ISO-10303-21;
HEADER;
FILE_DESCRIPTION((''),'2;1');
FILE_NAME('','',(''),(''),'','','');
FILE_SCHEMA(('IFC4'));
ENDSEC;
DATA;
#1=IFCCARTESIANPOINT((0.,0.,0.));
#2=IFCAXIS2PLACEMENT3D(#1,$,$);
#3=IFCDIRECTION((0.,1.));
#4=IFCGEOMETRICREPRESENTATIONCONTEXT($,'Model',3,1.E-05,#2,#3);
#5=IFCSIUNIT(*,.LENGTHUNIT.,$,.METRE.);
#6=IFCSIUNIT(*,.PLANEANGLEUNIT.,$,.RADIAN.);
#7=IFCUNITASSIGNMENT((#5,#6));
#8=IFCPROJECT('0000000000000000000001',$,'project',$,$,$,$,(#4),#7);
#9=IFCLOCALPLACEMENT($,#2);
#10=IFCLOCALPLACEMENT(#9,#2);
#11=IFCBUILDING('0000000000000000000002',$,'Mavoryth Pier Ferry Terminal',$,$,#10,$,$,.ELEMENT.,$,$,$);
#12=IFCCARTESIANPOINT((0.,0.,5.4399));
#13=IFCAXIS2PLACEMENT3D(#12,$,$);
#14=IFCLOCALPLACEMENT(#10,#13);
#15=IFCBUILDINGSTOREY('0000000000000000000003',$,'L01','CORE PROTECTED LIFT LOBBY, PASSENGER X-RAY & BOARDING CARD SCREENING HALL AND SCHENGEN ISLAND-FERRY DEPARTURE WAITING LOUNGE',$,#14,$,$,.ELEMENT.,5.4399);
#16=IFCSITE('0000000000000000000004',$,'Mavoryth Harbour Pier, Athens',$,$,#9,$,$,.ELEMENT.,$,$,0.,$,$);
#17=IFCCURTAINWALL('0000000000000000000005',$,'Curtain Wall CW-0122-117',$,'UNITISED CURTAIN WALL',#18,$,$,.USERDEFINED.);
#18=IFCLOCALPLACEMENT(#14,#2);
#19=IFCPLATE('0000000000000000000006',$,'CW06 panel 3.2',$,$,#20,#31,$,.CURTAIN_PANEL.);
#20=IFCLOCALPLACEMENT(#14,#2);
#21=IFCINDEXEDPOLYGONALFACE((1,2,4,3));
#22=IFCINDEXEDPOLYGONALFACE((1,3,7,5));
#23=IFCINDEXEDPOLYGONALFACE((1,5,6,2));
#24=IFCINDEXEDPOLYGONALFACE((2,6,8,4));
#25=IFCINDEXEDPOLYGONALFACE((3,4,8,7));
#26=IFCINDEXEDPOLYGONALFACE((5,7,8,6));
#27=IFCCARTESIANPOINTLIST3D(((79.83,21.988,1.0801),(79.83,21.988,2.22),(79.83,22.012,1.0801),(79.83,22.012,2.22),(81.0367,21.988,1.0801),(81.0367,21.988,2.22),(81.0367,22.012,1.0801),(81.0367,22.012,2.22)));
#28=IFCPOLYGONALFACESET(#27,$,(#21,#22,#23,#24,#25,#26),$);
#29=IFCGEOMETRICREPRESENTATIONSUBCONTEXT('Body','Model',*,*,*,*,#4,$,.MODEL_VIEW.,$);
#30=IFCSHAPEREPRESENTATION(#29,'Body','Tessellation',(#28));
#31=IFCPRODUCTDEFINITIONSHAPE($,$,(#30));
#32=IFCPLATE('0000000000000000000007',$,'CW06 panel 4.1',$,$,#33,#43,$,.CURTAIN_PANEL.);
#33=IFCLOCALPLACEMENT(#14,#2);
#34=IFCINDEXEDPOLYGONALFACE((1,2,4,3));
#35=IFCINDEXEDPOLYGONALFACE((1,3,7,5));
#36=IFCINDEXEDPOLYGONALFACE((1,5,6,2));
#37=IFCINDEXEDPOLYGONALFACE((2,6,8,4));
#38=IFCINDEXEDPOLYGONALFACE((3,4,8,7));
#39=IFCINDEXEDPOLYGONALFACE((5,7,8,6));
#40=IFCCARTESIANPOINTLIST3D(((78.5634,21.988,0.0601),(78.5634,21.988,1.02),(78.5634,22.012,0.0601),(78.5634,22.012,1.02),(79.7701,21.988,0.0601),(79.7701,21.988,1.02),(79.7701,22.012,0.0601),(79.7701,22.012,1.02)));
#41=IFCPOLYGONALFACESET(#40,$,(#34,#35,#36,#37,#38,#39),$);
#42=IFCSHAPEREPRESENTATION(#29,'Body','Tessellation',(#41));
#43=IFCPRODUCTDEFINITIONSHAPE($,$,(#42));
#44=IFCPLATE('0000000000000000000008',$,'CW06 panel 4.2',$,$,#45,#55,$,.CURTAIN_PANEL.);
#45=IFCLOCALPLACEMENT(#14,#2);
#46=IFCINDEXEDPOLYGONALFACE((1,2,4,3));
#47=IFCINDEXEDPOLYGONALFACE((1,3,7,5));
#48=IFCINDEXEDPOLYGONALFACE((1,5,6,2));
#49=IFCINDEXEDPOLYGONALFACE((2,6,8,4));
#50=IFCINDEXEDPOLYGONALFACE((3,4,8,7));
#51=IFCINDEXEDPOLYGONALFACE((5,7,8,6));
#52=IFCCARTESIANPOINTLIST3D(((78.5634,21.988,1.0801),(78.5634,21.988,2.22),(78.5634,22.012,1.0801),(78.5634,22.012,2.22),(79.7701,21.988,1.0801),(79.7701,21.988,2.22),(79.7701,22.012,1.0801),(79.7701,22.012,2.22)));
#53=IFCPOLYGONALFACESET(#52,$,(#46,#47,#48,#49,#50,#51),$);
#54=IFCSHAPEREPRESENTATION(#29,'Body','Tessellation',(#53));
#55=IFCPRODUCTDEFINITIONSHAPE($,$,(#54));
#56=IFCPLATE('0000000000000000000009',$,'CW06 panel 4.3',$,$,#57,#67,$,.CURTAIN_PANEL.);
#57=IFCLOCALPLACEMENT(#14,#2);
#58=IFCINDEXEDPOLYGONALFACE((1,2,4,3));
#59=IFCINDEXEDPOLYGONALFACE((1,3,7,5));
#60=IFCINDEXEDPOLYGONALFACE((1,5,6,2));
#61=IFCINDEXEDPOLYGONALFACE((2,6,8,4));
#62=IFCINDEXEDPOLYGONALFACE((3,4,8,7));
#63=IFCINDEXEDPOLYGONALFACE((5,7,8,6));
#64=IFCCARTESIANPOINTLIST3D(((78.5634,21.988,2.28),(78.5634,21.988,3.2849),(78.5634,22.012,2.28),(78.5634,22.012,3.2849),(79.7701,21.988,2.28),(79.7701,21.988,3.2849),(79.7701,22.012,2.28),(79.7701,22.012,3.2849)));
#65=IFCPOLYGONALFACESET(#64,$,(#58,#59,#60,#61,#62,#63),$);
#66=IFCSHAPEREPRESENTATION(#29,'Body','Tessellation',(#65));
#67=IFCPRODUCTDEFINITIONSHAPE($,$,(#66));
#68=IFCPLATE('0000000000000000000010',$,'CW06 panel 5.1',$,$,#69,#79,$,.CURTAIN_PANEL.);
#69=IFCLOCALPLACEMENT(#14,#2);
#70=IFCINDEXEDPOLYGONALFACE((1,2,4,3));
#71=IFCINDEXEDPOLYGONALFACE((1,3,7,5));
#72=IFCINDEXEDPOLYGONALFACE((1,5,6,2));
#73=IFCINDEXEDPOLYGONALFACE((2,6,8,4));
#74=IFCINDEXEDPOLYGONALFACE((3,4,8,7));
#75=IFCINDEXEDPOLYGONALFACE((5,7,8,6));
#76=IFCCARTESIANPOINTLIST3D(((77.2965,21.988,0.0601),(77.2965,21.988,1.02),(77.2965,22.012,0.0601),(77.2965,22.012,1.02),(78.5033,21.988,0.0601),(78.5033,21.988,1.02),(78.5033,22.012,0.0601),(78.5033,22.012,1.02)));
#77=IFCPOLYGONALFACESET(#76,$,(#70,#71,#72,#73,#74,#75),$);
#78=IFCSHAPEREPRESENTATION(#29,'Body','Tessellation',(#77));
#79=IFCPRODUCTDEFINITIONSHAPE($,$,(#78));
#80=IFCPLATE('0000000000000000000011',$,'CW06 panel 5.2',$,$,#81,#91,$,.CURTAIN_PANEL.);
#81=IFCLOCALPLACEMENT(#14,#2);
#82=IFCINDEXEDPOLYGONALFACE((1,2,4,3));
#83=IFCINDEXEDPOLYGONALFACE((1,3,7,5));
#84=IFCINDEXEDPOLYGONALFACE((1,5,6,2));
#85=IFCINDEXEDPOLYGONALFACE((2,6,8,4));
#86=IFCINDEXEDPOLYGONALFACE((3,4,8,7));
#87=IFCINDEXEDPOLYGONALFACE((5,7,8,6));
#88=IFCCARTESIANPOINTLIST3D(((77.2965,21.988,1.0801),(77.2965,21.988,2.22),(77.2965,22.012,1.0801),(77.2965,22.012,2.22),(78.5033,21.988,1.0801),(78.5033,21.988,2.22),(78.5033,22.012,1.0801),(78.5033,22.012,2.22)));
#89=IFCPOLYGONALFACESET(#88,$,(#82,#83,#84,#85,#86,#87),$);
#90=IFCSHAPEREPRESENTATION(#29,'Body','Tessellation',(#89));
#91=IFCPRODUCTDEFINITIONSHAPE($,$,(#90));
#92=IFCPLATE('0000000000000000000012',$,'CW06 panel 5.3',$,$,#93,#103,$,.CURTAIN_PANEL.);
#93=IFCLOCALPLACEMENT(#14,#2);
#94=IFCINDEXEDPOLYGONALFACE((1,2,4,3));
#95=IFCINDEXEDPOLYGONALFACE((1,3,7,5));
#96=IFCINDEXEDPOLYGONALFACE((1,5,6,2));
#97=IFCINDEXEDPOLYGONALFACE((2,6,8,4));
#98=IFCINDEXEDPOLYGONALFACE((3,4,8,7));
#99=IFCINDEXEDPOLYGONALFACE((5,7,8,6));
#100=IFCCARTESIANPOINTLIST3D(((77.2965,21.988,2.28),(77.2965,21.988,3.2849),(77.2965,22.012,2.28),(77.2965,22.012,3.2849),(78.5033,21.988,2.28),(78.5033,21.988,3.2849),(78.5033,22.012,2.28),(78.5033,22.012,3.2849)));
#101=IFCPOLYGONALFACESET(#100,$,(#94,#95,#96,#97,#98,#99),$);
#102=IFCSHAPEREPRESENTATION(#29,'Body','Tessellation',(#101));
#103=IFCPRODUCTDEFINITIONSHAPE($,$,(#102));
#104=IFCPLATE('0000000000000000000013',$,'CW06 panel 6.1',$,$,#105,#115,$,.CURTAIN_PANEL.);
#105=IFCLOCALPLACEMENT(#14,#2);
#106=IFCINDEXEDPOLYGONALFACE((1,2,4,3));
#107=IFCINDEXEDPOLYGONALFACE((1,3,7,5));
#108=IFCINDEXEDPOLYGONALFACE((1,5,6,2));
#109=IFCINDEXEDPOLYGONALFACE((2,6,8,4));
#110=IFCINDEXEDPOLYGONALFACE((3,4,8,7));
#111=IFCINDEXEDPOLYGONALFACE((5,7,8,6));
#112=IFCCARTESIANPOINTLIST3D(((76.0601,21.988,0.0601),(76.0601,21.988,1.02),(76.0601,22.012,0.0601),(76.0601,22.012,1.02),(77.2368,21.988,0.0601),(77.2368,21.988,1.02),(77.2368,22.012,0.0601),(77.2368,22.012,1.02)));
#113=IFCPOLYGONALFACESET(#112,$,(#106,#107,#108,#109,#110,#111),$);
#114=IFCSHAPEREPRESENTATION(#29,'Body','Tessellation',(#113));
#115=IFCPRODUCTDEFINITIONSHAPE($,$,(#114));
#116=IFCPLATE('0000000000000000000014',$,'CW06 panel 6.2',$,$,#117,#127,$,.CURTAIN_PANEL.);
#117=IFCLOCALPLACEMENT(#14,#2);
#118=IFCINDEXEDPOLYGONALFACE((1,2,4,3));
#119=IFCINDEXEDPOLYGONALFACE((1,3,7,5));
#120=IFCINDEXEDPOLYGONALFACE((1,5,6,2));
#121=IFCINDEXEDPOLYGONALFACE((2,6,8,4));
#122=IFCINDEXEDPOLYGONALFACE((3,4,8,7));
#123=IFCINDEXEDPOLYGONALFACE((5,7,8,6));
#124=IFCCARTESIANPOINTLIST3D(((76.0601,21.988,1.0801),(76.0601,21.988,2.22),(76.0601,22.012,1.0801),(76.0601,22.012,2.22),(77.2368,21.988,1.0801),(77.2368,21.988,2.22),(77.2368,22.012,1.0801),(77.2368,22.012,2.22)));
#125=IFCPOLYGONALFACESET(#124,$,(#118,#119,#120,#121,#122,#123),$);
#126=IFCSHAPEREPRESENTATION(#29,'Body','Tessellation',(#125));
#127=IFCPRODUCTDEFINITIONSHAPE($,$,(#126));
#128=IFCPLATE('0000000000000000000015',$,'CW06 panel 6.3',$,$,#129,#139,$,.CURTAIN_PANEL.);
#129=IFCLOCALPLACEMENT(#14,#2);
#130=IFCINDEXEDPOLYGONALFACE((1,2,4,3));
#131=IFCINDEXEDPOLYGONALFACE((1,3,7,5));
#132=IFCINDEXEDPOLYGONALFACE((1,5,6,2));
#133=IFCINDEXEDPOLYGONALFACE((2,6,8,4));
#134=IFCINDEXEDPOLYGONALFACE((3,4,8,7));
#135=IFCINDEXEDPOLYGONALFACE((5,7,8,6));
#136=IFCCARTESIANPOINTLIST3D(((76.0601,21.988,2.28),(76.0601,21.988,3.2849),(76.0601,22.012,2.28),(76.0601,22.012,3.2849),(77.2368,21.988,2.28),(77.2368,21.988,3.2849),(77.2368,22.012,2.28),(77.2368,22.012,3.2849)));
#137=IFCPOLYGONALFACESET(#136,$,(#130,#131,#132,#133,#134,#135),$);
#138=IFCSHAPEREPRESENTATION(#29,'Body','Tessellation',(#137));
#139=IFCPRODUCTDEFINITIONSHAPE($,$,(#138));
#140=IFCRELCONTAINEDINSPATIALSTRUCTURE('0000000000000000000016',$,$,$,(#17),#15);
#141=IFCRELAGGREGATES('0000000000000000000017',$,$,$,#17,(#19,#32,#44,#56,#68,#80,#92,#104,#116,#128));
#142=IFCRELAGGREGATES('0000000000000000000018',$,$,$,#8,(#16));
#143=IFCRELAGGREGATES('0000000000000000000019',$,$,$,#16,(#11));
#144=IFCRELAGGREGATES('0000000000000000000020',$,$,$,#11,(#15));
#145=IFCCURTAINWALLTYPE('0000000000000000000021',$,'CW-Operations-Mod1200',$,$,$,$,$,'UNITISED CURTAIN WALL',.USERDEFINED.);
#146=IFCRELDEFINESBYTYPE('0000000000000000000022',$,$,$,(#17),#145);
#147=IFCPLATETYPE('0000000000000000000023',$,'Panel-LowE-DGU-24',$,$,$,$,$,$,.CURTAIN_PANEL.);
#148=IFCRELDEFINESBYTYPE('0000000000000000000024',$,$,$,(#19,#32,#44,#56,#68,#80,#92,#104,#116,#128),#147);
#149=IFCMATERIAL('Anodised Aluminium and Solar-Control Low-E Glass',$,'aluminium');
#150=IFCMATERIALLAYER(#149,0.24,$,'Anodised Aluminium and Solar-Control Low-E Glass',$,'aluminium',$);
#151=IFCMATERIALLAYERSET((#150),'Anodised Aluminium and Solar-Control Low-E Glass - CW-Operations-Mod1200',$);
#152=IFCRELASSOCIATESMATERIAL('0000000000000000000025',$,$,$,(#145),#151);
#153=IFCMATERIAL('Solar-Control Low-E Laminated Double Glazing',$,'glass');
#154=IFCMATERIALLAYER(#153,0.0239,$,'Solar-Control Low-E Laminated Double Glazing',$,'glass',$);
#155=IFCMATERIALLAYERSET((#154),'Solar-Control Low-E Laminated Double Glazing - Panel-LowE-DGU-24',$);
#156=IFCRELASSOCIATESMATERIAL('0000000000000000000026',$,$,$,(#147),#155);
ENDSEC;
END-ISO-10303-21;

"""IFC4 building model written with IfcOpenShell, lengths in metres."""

from ifc_helpers import new_model, si_unit, direction, frame, origin, origin_2d, place, context, subcontext, project, spatial, rectangle, extrude, material, layer, layer_set, type_object, element, aggregate, save


model = new_model("IFC4")

# Units and contexts
model_context = context("Model", 3, precision=1e-05, world=origin(), true_north=direction((0.0, 1.0)))
body_context = subcontext(model_context, "Body", "Model", "MODEL_VIEW")
ifc_project = project(units=[si_unit("LENGTHUNIT", "METRE"), si_unit("PLANEANGLEUNIT", "RADIAN")], contexts=[model_context])

# Site, building, storey
site_placement = place(None, origin())
site = spatial("IfcSite", under=ifc_project, at=site_placement, Name="Mavoryth Harbour Pier, Athens", CompositionType="ELEMENT", RefElevation=0.0)
building_placement = place(site_placement, origin())
building = spatial("IfcBuilding", under=site, at=building_placement, Name="Mavoryth Pier Ferry Terminal", CompositionType="ELEMENT")
storey_placement = place(building_placement, frame((0.0, 0.0, 5.4399)))
storey = spatial("IfcBuildingStorey", under=building, at=storey_placement, Name="L01", Description="CORE PROTECTED LIFT LOBBY, PASSENGER X-RAY & BOARDING CARD SCREENING HALL AND SCHENGEN ISLAND-FERRY DEPARTURE WAITING LOUNGE", CompositionType="ELEMENT", Elevation=5.4399)

# Curtain wall
ifc_material_1 = material(Name="Anodised Aluminium and Solar-Control Low-E Glass", Category="aluminium")
ifc_layer_1 = layer(ifc_material_1, 0.24, Name="Anodised Aluminium and Solar-Control Low-E Glass", Category="aluminium")
ifc_layer_set_1 = layer_set([ifc_layer_1], Name="Anodised Aluminium and Solar-Control Low-E Glass - CW-Operations-Mod1200")
curtain_wall_type = type_object("IfcCurtainWallType", Name="CW-Operations-Mod1200", ElementType="UNITISED CURTAIN WALL", PredefinedType="USERDEFINED", material=ifc_layer_set_1)
curtain_wall_1_placement = place(storey_placement, origin())
curtain_wall_1 = element("IfcCurtainWall", 1, at=curtain_wall_1_placement, inside=storey, type_object=curtain_wall_type, Name="Curtain Wall CW-0122-117", ObjectType="UNITISED CURTAIN WALL", PredefinedType="USERDEFINED")

# Plates
ifc_material_2 = material(Name="Solar-Control Low-E Laminated Double Glazing", Category="glass")
ifc_layer_2 = layer(ifc_material_2, 0.0239, Name="Solar-Control Low-E Laminated Double Glazing", Category="glass")
ifc_layer_set_2 = layer_set([ifc_layer_2], Name="Solar-Control Low-E Laminated Double Glazing - Panel-LowE-DGU-24")
plate_type = type_object("IfcPlateType", Name="Panel-LowE-DGU-24", PredefinedType="CURTAIN_PANEL", material=ifc_layer_set_2)
plate_1_placement = place(storey_placement, frame((80.4333, 22.0, 1.0801), z_axis=(0.0, 0.0, 1.0), x_axis=(-1.0, 0.0, 0.0)))
plate_1 = element("IfcPlate", 2, at=plate_1_placement, type_object=plate_type, Name="CW06 panel 3.2", PredefinedType="CURTAIN_PANEL", context=body_context, shape_type="SweptSolid", body=[
    extrude(rectangle(XDim=1.2068, YDim=0.0239, at=origin_2d()), origin(), (0.0, 0.0, 1.0), 1.1399),
])
plate_2_placement = place(storey_placement, frame((79.1667, 22.0, 0.0601), z_axis=(0.0, 0.0, 1.0), x_axis=(-1.0, 0.0, 0.0)))
plate_2 = element("IfcPlate", 3, at=plate_2_placement, type_object=plate_type, Name="CW06 panel 4.1", PredefinedType="CURTAIN_PANEL", context=body_context, shape_type="SweptSolid", body=[
    extrude(rectangle(XDim=1.2068, YDim=0.0239, at=origin_2d()), origin(), (0.0, 0.0, 1.0), 0.96),
])
plate_3_placement = place(storey_placement, frame((79.1667, 22.0, 1.0801), z_axis=(0.0, 0.0, 1.0), x_axis=(-1.0, 0.0, 0.0)))
plate_3 = element("IfcPlate", 4, at=plate_3_placement, type_object=plate_type, Name="CW06 panel 4.2", PredefinedType="CURTAIN_PANEL", context=body_context, shape_type="SweptSolid", body=[
    extrude(rectangle(XDim=1.2068, YDim=0.0239, at=origin_2d()), origin(), (0.0, 0.0, 1.0), 1.1399),
])
plate_4_placement = place(storey_placement, frame((79.1667, 22.0, 2.28), z_axis=(0.0, 0.0, 1.0), x_axis=(-1.0, 0.0, 0.0)))
plate_4 = element("IfcPlate", 5, at=plate_4_placement, type_object=plate_type, Name="CW06 panel 4.3", PredefinedType="CURTAIN_PANEL", context=body_context, shape_type="SweptSolid", body=[
    extrude(rectangle(XDim=1.2068, YDim=0.0239, at=origin_2d()), origin(), (0.0, 0.0, 1.0), 1.0049),
])
plate_5_placement = place(storey_placement, frame((77.8999, 22.0, 0.0601), z_axis=(0.0, 0.0, 1.0), x_axis=(-1.0, 0.0, 0.0)))
plate_5 = element("IfcPlate", 6, at=plate_5_placement, type_object=plate_type, Name="CW06 panel 5.1", PredefinedType="CURTAIN_PANEL", context=body_context, shape_type="SweptSolid", body=[
    extrude(rectangle(XDim=1.2068, YDim=0.0239, at=origin_2d()), origin(), (0.0, 0.0, 1.0), 0.96),
])
plate_6_placement = place(storey_placement, frame((77.8999, 22.0, 1.0801), z_axis=(0.0, 0.0, 1.0), x_axis=(-1.0, 0.0, 0.0)))
plate_6 = element("IfcPlate", 7, at=plate_6_placement, type_object=plate_type, Name="CW06 panel 5.2", PredefinedType="CURTAIN_PANEL", context=body_context, shape_type="SweptSolid", body=[
    extrude(rectangle(XDim=1.2068, YDim=0.0239, at=origin_2d()), origin(), (0.0, 0.0, 1.0), 1.1399),
])
plate_7_placement = place(storey_placement, frame((77.8999, 22.0, 2.28), z_axis=(0.0, 0.0, 1.0), x_axis=(-1.0, 0.0, 0.0)))
plate_7 = element("IfcPlate", 8, at=plate_7_placement, type_object=plate_type, Name="CW06 panel 5.3", PredefinedType="CURTAIN_PANEL", context=body_context, shape_type="SweptSolid", body=[
    extrude(rectangle(XDim=1.2068, YDim=0.0239, at=origin_2d()), origin(), (0.0, 0.0, 1.0), 1.0049),
])
plate_8_placement = place(storey_placement, frame((76.6484, 22.0, 0.0601), z_axis=(0.0, 0.0, 1.0), x_axis=(-1.0, 0.0, 0.0)))
plate_8 = element("IfcPlate", 9, at=plate_8_placement, type_object=plate_type, Name="CW06 panel 6.1", PredefinedType="CURTAIN_PANEL", context=body_context, shape_type="SweptSolid", body=[
    extrude(rectangle(XDim=1.1768, YDim=0.0239, at=origin_2d()), origin(), (0.0, 0.0, 1.0), 0.96),
])
plate_9_placement = place(storey_placement, frame((76.6484, 22.0, 1.0801), z_axis=(0.0, 0.0, 1.0), x_axis=(-1.0, 0.0, 0.0)))
plate_9 = element("IfcPlate", 10, at=plate_9_placement, type_object=plate_type, Name="CW06 panel 6.2", PredefinedType="CURTAIN_PANEL", context=body_context, shape_type="SweptSolid", body=[
    extrude(rectangle(XDim=1.1768, YDim=0.0239, at=origin_2d()), origin(), (0.0, 0.0, 1.0), 1.1399),
])
plate_10_placement = place(storey_placement, frame((76.6484, 22.0, 2.28), z_axis=(0.0, 0.0, 1.0), x_axis=(-1.0, 0.0, 0.0)))
plate_10 = element("IfcPlate", 11, at=plate_10_placement, type_object=plate_type, Name="CW06 panel 6.3", PredefinedType="CURTAIN_PANEL", context=body_context, shape_type="SweptSolid", body=[
    extrude(rectangle(XDim=1.1768, YDim=0.0239, at=origin_2d()), origin(), (0.0, 0.0, 1.0), 1.0049),
])
aggregate(curtain_wall_1, [plate_1, plate_2, plate_3, plate_4, plate_5, plate_6, plate_7, plate_8, plate_9, plate_10])

save(model, "model.ifc")
